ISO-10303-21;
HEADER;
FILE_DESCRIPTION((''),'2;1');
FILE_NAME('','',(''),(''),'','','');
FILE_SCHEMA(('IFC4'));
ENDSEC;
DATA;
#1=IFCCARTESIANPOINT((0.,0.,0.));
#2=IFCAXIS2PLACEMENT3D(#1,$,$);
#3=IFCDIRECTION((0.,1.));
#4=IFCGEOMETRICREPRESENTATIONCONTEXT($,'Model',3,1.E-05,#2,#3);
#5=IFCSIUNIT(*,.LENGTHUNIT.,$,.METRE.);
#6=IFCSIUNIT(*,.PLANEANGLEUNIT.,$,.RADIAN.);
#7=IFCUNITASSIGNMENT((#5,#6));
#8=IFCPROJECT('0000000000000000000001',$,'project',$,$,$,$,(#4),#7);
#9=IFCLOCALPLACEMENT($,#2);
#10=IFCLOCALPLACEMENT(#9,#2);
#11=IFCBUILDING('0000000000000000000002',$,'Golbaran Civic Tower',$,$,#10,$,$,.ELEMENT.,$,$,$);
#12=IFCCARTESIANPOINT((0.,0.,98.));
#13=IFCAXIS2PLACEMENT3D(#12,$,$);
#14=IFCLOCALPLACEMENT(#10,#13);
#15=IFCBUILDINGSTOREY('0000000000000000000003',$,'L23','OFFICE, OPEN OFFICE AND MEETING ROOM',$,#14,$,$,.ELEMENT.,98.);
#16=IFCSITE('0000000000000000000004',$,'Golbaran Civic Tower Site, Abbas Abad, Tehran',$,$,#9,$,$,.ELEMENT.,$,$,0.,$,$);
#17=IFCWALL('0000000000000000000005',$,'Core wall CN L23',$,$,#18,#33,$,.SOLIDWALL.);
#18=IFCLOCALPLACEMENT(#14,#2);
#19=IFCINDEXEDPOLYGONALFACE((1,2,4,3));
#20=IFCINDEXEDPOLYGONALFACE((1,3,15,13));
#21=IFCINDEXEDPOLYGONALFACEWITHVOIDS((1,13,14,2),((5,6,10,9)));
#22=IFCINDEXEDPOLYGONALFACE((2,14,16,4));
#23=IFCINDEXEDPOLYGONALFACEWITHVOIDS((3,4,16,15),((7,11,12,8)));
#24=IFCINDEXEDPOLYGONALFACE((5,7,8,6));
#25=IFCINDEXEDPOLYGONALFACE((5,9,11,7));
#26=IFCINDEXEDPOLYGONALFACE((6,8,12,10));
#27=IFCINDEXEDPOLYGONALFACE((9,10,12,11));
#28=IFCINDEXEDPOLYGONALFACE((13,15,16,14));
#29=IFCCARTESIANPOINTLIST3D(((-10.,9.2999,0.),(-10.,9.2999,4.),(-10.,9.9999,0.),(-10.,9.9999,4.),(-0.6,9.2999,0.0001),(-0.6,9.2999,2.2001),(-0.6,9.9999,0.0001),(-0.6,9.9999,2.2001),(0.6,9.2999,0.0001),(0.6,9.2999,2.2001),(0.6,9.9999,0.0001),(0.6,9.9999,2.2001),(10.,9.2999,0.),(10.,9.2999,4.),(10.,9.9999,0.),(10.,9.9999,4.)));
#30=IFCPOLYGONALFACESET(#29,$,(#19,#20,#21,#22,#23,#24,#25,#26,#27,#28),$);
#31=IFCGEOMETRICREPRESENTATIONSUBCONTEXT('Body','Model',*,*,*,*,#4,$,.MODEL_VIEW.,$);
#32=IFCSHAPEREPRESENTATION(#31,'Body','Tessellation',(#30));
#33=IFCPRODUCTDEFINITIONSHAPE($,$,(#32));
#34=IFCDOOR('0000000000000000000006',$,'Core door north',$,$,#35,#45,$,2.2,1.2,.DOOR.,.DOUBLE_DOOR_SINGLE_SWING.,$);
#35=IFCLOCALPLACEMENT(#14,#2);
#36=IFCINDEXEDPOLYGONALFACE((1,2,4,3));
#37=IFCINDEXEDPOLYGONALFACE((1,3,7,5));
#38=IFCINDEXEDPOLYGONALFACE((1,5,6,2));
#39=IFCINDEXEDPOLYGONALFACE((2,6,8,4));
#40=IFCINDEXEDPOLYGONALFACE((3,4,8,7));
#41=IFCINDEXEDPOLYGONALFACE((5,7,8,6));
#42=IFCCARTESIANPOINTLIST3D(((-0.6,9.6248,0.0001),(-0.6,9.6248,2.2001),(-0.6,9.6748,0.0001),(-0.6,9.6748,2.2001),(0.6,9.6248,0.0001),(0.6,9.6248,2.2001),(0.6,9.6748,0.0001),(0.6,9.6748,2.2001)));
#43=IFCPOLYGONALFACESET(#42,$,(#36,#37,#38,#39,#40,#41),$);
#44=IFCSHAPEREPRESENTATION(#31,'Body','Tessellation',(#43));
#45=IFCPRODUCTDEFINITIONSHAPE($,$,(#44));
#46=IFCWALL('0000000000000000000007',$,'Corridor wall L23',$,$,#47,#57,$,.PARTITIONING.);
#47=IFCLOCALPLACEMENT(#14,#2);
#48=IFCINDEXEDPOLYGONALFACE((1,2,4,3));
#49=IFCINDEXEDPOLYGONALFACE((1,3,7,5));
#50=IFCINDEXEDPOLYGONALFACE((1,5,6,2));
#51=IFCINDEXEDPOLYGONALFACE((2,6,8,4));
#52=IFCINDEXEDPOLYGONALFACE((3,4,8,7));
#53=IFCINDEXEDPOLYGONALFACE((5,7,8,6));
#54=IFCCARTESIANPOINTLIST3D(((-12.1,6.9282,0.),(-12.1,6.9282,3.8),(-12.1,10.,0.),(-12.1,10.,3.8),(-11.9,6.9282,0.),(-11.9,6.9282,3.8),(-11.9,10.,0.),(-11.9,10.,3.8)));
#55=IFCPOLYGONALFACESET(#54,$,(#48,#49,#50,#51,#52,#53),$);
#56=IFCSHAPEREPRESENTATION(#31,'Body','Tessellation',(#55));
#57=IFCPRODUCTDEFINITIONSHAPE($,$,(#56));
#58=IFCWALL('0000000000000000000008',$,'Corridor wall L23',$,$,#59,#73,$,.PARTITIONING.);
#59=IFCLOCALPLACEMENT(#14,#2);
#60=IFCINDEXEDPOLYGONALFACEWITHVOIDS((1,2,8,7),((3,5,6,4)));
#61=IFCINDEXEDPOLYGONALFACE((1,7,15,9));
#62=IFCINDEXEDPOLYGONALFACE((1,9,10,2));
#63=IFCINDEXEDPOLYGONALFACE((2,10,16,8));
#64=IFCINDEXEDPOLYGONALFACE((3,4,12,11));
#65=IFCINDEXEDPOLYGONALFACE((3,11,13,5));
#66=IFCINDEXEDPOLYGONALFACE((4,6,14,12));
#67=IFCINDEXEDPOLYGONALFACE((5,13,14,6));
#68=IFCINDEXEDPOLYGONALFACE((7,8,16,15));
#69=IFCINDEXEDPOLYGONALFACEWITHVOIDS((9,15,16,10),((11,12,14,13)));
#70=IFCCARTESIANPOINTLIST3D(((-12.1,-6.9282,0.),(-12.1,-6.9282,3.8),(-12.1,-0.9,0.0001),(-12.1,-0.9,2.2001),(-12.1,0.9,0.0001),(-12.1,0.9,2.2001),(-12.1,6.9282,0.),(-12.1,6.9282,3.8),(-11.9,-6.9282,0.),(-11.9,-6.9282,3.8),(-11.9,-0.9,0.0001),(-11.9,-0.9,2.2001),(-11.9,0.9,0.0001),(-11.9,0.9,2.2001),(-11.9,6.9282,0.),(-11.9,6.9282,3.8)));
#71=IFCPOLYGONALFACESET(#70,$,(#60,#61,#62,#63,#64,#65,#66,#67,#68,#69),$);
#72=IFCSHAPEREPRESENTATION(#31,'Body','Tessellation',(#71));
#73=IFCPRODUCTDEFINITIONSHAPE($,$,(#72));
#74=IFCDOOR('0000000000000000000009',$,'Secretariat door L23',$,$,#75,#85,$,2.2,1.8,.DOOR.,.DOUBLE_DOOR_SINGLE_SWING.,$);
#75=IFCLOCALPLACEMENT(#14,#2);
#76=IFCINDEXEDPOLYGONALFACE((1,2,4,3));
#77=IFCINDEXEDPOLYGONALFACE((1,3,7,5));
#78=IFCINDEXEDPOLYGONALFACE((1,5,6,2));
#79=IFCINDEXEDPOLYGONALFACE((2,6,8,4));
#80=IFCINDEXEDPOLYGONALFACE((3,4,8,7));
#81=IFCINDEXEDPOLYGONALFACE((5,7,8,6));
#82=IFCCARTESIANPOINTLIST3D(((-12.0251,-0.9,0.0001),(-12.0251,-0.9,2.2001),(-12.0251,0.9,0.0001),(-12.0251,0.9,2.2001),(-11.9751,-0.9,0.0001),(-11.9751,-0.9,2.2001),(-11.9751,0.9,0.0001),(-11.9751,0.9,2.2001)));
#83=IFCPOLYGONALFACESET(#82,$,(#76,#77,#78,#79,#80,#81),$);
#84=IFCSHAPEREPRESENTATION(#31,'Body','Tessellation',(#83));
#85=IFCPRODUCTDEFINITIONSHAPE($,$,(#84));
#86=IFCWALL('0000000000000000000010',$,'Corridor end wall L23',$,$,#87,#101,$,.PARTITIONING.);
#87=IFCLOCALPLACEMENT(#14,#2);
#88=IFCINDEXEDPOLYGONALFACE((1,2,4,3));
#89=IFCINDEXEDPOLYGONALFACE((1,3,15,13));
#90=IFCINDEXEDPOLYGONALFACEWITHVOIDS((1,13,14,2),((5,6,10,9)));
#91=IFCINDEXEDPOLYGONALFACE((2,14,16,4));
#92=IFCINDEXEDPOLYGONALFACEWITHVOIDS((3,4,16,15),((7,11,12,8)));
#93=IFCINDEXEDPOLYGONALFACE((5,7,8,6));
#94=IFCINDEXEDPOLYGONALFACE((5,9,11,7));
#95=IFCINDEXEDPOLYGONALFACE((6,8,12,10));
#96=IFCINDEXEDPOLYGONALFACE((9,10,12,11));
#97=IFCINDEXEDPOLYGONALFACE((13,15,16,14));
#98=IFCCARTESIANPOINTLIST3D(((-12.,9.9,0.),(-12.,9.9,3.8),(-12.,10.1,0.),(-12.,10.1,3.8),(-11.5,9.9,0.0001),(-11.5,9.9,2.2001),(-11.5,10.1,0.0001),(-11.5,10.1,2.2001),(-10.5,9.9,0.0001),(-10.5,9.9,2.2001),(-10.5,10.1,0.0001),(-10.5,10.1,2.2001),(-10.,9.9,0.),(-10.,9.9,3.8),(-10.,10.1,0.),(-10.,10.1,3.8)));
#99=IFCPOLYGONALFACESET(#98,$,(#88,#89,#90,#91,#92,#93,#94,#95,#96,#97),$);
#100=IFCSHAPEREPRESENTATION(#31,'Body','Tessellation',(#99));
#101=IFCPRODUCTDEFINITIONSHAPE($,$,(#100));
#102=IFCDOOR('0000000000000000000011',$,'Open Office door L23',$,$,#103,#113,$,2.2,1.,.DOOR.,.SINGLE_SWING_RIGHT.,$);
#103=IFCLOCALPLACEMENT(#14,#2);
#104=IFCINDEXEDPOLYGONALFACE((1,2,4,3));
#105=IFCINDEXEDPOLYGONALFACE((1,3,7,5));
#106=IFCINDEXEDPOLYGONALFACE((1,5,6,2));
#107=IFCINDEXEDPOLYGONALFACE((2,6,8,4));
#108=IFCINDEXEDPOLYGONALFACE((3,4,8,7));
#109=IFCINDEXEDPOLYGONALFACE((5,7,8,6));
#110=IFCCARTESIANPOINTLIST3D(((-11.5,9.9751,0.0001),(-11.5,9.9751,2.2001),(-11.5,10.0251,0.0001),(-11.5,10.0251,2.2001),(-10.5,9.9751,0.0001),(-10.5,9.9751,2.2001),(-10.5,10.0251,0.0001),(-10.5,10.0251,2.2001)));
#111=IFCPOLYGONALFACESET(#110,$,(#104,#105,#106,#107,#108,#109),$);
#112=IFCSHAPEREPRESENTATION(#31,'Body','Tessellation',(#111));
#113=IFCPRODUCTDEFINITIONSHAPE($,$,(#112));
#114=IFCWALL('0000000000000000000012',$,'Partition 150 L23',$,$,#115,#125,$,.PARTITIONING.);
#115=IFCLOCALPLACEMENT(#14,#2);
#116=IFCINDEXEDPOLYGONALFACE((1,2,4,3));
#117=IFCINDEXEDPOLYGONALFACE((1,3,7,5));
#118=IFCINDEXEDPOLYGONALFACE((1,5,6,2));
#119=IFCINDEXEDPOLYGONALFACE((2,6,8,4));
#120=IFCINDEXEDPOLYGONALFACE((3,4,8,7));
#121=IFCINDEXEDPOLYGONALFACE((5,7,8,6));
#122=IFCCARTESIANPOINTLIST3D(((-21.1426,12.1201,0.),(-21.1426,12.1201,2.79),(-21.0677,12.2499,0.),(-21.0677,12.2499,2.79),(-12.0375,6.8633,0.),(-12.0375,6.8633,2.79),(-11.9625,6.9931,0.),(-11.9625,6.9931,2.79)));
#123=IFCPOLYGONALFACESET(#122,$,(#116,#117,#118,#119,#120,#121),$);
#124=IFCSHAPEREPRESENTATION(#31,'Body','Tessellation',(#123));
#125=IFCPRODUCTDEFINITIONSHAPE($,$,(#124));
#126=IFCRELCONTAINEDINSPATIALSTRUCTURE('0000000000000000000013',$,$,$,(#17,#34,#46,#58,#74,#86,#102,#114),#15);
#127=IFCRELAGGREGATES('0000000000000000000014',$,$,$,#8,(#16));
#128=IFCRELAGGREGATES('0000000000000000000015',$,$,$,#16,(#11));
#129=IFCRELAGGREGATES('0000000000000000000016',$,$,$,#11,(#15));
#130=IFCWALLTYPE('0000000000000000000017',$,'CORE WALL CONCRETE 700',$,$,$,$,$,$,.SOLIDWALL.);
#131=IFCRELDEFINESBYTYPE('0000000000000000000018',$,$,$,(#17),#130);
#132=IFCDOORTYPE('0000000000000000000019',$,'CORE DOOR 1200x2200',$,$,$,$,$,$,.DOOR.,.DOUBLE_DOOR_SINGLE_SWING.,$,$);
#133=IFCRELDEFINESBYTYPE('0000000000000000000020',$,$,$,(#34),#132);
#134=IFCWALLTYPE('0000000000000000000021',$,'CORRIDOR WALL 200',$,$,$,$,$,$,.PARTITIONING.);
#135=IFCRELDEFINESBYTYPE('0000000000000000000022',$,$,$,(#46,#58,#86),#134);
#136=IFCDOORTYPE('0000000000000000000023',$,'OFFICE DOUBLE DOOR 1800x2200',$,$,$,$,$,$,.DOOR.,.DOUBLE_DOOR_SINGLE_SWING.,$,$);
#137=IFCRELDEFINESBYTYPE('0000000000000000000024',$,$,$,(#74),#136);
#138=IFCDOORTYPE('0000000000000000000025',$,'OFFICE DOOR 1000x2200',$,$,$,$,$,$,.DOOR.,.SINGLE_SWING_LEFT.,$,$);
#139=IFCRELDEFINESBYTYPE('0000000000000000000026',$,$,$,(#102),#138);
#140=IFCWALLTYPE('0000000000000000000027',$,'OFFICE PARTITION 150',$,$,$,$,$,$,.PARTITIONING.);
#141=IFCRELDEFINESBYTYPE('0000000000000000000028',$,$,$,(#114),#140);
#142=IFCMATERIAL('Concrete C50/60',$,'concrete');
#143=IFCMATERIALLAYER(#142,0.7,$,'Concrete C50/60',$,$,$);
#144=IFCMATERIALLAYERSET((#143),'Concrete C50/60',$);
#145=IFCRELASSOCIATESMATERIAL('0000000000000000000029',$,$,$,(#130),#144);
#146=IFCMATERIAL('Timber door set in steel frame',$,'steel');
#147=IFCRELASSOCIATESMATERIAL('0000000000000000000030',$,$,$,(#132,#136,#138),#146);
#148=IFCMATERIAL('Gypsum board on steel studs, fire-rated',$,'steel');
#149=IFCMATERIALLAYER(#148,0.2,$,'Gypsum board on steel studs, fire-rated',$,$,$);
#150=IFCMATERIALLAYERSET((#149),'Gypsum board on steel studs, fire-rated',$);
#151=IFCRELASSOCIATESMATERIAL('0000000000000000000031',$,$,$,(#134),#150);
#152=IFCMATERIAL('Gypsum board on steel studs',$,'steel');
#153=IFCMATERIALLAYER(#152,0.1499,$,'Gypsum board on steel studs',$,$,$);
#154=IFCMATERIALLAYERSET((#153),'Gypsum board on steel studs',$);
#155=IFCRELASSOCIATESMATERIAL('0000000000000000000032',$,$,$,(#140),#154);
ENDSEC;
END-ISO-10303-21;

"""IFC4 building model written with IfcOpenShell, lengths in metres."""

from ifc_helpers import new_model, si_unit, direction, frame, frame_2d, origin, place, context, subcontext, project, spatial, rectangle, extrude, material, layer, layer_set, type_object, element, fill, save


model = new_model("IFC4")

# Units and contexts
model_context = context("Model", 3, precision=1e-05, world=origin(), true_north=direction((0.0, 1.0)))
body_context = subcontext(model_context, "Body", "Model", "MODEL_VIEW")
ifc_project = project(units=[si_unit("LENGTHUNIT", "METRE"), si_unit("PLANEANGLEUNIT", "RADIAN")], contexts=[model_context])

# Site, building, storey
site_placement = place(None, origin())
site = spatial("IfcSite", under=ifc_project, at=site_placement, Name="Golbaran Civic Tower Site, Abbas Abad, Tehran", CompositionType="ELEMENT", RefElevation=0.0)
building_placement = place(site_placement, origin())
building = spatial("IfcBuilding", under=site, at=building_placement, Name="Golbaran Civic Tower", CompositionType="ELEMENT")
storey_placement = place(building_placement, frame((0.0, 0.0, 98.0)))
storey = spatial("IfcBuildingStorey", under=building, at=storey_placement, Name="L23", Description="OFFICE, OPEN OFFICE AND MEETING ROOM", CompositionType="ELEMENT", Elevation=98.0)

# Wall, opening, door
ifc_material_1 = material(Name="Concrete C50/60", Category="concrete")
ifc_layer_1 = layer(ifc_material_1, 0.7, Name="Concrete C50/60")
ifc_layer_set_1 = layer_set([ifc_layer_1], Name="Concrete C50/60")
wall_type_1 = type_object("IfcWallType", Name="CORE WALL CONCRETE 700", PredefinedType="SOLIDWALL", material=ifc_layer_set_1)
wall_1_placement = place(storey_placement, frame((-10.0, 9.6499, 0.0), z_axis=(0.0, 0.0, 1.0), x_axis=(1.0, 0.0, 0.0)))
wall_1 = element("IfcWall", 1, at=wall_1_placement, inside=storey, type_object=wall_type_1, Name="Core wall CN L23", PredefinedType="SOLIDWALL", context=body_context, shape_type="SweptSolid", body=[
    extrude(rectangle(XDim=20.0, YDim=0.7, at=frame_2d((10.0, 0.0))), origin(), (0.0, 0.0, 1.0), 4.0),
])
opening_1_placement = place(wall_1_placement, frame((9.3999, 0.0, 0.0)))
opening_1 = element("IfcOpeningElement", 2, at=opening_1_placement, cuts=wall_1, PredefinedType="OPENING", context=body_context, shape_type="SweptSolid", body=[
    extrude(rectangle(XDim=1.2, YDim=2.2, at=frame_2d((0.6001, 1.1001))), frame((0.0, 0.3599, 0.0), z_axis=(0.0, -1.0, 0.0), x_axis=(1.0, 0.0, 0.0)), (0.0, 0.0, 1.0), 0.72),
])
ifc_material_2 = material(Name="Timber door set in steel frame", Category="steel")
door_type_1 = type_object("IfcDoorType", Name="CORE DOOR 1200x2200", OperationType="DOUBLE_DOOR_SINGLE_SWING", PredefinedType="DOOR", material=ifc_material_2)
door_1_placement = place(opening_1_placement, origin())
door_1 = element("IfcDoor", 3, at=door_1_placement, inside=storey, type_object=door_type_1, Name="Core door north", OperationType="DOUBLE_DOOR_SINGLE_SWING", OverallHeight=2.2, OverallWidth=1.2, PredefinedType="DOOR", context=body_context, shape_type="SweptSolid", body=[
    extrude(rectangle(XDim=1.2, YDim=2.2, at=frame_2d((0.6001, 1.1001))), frame((0.0, 0.0249, 0.0), z_axis=(0.0, -1.0, 0.0), x_axis=(1.0, 0.0, 0.0)), (0.0, 0.0, 1.0), 0.05),
])
fill(opening_1, door_1)

# Wall
ifc_material_3 = material(Name="Gypsum board on steel studs, fire-rated", Category="steel")
ifc_layer_2 = layer(ifc_material_3, 0.2, Name="Gypsum board on steel studs, fire-rated")
ifc_layer_set_2 = layer_set([ifc_layer_2], Name="Gypsum board on steel studs, fire-rated")
wall_type_2 = type_object("IfcWallType", Name="CORRIDOR WALL 200", PredefinedType="PARTITIONING", material=ifc_layer_set_2)
wall_2_placement = place(storey_placement, frame((-12.0, 10.0, 0.0), z_axis=(0.0, 0.0, 1.0), x_axis=(0.0, -1.0, 0.0)))
element("IfcWall", 4, at=wall_2_placement, inside=storey, type_object=wall_type_2, Name="Corridor wall L23", PredefinedType="PARTITIONING", context=body_context, shape_type="SweptSolid", body=[
    extrude(rectangle(XDim=3.0718, YDim=0.2, at=frame_2d((1.5359, 0.0))), origin(), (0.0, 0.0, 1.0), 3.8),
])

# Walls, openings, doors
wall_3_placement = place(storey_placement, frame((-12.0, 6.9282, 0.0), z_axis=(0.0, 0.0, 1.0), x_axis=(0.0, -1.0, 0.0)))
wall_3 = element("IfcWall", 5, at=wall_3_placement, inside=storey, type_object=wall_type_2, Name="Corridor wall L23", PredefinedType="PARTITIONING", context=body_context, shape_type="SweptSolid", body=[
    extrude(rectangle(XDim=13.8564, YDim=0.2, at=frame_2d((6.9282, 0.0))), origin(), (0.0, 0.0, 1.0), 3.8),
])
opening_2_placement = place(wall_3_placement, frame((6.0283, 0.0, 0.0)))
opening_2 = element("IfcOpeningElement", 6, at=opening_2_placement, cuts=wall_3, PredefinedType="OPENING", context=body_context, shape_type="SweptSolid", body=[
    extrude(rectangle(XDim=1.8, YDim=2.2, at=frame_2d((0.8999, 1.1001))), frame((0.0, 0.1099, 0.0), z_axis=(0.0, -1.0, 0.0), x_axis=(1.0, 0.0, 0.0)), (0.0, 0.0, 1.0), 0.22),
])
door_type_2 = type_object("IfcDoorType", Name="OFFICE DOUBLE DOOR 1800x2200", OperationType="DOUBLE_DOOR_SINGLE_SWING", PredefinedType="DOOR", material=ifc_material_2)
door_2_placement = place(opening_2_placement, origin())
door_2 = element("IfcDoor", 7, at=door_2_placement, inside=storey, type_object=door_type_2, Name="Secretariat door L23", OperationType="DOUBLE_DOOR_SINGLE_SWING", OverallHeight=2.2, OverallWidth=1.8, PredefinedType="DOOR", context=body_context, shape_type="SweptSolid", body=[
    extrude(rectangle(XDim=1.8, YDim=2.2, at=frame_2d((0.8999, 1.1001))), frame((0.0, 0.0249, 0.0), z_axis=(0.0, -1.0, 0.0), x_axis=(1.0, 0.0, 0.0)), (0.0, 0.0, 1.0), 0.05),
])
fill(opening_2, door_2)
wall_4_placement = place(storey_placement, frame((-10.0, 10.0, 0.0), z_axis=(0.0, 0.0, 1.0), x_axis=(-1.0, 0.0, 0.0)))
wall_4 = element("IfcWall", 8, at=wall_4_placement, inside=storey, type_object=wall_type_2, Name="Corridor end wall L23", PredefinedType="PARTITIONING", context=body_context, shape_type="SweptSolid", body=[
    extrude(rectangle(XDim=2.0, YDim=0.2, at=frame_2d((1.0, 0.0))), origin(), (0.0, 0.0, 1.0), 3.8),
])
opening_3_placement = place(wall_4_placement, frame((0.5, 0.0, 0.0)))
opening_3 = element("IfcOpeningElement", 9, at=opening_3_placement, cuts=wall_4, PredefinedType="OPENING", context=body_context, shape_type="SweptSolid", body=[
    extrude(rectangle(XDim=1.0, YDim=2.2, at=frame_2d((0.5, 1.1001))), frame((0.0, 0.1099, 0.0), z_axis=(0.0, -1.0, 0.0), x_axis=(1.0, 0.0, 0.0)), (0.0, 0.0, 1.0), 0.22),
])
door_type_3 = type_object("IfcDoorType", Name="OFFICE DOOR 1000x2200", OperationType="SINGLE_SWING_LEFT", PredefinedType="DOOR", material=ifc_material_2)
door_3_placement = place(opening_3_placement, origin())
door_3 = element("IfcDoor", 10, at=door_3_placement, inside=storey, type_object=door_type_3, Name="Open Office door L23", OperationType="SINGLE_SWING_RIGHT", OverallHeight=2.2, OverallWidth=1.0, PredefinedType="DOOR", context=body_context, shape_type="SweptSolid", body=[
    extrude(rectangle(XDim=1.0, YDim=2.2, at=frame_2d((0.5, 1.1001))), frame((0.0, 0.0249, 0.0), z_axis=(0.0, -1.0, 0.0), x_axis=(1.0, 0.0, 0.0)), (0.0, 0.0, 1.0), 0.05),
])
fill(opening_3, door_3)

# Wall
ifc_material_4 = material(Name="Gypsum board on steel studs", Category="steel")
ifc_layer_3 = layer(ifc_material_4, 0.1499, Name="Gypsum board on steel studs")
ifc_layer_set_3 = layer_set([ifc_layer_3], Name="Gypsum board on steel studs")
wall_type_3 = type_object("IfcWallType", Name="OFFICE PARTITION 150", PredefinedType="PARTITIONING", material=ifc_layer_set_3)
wall_5_placement = place(storey_placement, frame((-12.0, 6.9282, 0.0), z_axis=(0.0, 0.0, 1.0), x_axis=(-0.866028, 0.499995, 0.0)))
element("IfcWall", 11, at=wall_5_placement, inside=storey, type_object=wall_type_3, Name="Partition 150 L23", PredefinedType="PARTITIONING", context=body_context, shape_type="SweptSolid", body=[
    extrude(rectangle(XDim=10.5137, YDim=0.1499, at=frame_2d((5.2568, 0.0))), origin(), (0.0, 0.0, 1.0), 2.79),
])

save(model, "model.ifc")
